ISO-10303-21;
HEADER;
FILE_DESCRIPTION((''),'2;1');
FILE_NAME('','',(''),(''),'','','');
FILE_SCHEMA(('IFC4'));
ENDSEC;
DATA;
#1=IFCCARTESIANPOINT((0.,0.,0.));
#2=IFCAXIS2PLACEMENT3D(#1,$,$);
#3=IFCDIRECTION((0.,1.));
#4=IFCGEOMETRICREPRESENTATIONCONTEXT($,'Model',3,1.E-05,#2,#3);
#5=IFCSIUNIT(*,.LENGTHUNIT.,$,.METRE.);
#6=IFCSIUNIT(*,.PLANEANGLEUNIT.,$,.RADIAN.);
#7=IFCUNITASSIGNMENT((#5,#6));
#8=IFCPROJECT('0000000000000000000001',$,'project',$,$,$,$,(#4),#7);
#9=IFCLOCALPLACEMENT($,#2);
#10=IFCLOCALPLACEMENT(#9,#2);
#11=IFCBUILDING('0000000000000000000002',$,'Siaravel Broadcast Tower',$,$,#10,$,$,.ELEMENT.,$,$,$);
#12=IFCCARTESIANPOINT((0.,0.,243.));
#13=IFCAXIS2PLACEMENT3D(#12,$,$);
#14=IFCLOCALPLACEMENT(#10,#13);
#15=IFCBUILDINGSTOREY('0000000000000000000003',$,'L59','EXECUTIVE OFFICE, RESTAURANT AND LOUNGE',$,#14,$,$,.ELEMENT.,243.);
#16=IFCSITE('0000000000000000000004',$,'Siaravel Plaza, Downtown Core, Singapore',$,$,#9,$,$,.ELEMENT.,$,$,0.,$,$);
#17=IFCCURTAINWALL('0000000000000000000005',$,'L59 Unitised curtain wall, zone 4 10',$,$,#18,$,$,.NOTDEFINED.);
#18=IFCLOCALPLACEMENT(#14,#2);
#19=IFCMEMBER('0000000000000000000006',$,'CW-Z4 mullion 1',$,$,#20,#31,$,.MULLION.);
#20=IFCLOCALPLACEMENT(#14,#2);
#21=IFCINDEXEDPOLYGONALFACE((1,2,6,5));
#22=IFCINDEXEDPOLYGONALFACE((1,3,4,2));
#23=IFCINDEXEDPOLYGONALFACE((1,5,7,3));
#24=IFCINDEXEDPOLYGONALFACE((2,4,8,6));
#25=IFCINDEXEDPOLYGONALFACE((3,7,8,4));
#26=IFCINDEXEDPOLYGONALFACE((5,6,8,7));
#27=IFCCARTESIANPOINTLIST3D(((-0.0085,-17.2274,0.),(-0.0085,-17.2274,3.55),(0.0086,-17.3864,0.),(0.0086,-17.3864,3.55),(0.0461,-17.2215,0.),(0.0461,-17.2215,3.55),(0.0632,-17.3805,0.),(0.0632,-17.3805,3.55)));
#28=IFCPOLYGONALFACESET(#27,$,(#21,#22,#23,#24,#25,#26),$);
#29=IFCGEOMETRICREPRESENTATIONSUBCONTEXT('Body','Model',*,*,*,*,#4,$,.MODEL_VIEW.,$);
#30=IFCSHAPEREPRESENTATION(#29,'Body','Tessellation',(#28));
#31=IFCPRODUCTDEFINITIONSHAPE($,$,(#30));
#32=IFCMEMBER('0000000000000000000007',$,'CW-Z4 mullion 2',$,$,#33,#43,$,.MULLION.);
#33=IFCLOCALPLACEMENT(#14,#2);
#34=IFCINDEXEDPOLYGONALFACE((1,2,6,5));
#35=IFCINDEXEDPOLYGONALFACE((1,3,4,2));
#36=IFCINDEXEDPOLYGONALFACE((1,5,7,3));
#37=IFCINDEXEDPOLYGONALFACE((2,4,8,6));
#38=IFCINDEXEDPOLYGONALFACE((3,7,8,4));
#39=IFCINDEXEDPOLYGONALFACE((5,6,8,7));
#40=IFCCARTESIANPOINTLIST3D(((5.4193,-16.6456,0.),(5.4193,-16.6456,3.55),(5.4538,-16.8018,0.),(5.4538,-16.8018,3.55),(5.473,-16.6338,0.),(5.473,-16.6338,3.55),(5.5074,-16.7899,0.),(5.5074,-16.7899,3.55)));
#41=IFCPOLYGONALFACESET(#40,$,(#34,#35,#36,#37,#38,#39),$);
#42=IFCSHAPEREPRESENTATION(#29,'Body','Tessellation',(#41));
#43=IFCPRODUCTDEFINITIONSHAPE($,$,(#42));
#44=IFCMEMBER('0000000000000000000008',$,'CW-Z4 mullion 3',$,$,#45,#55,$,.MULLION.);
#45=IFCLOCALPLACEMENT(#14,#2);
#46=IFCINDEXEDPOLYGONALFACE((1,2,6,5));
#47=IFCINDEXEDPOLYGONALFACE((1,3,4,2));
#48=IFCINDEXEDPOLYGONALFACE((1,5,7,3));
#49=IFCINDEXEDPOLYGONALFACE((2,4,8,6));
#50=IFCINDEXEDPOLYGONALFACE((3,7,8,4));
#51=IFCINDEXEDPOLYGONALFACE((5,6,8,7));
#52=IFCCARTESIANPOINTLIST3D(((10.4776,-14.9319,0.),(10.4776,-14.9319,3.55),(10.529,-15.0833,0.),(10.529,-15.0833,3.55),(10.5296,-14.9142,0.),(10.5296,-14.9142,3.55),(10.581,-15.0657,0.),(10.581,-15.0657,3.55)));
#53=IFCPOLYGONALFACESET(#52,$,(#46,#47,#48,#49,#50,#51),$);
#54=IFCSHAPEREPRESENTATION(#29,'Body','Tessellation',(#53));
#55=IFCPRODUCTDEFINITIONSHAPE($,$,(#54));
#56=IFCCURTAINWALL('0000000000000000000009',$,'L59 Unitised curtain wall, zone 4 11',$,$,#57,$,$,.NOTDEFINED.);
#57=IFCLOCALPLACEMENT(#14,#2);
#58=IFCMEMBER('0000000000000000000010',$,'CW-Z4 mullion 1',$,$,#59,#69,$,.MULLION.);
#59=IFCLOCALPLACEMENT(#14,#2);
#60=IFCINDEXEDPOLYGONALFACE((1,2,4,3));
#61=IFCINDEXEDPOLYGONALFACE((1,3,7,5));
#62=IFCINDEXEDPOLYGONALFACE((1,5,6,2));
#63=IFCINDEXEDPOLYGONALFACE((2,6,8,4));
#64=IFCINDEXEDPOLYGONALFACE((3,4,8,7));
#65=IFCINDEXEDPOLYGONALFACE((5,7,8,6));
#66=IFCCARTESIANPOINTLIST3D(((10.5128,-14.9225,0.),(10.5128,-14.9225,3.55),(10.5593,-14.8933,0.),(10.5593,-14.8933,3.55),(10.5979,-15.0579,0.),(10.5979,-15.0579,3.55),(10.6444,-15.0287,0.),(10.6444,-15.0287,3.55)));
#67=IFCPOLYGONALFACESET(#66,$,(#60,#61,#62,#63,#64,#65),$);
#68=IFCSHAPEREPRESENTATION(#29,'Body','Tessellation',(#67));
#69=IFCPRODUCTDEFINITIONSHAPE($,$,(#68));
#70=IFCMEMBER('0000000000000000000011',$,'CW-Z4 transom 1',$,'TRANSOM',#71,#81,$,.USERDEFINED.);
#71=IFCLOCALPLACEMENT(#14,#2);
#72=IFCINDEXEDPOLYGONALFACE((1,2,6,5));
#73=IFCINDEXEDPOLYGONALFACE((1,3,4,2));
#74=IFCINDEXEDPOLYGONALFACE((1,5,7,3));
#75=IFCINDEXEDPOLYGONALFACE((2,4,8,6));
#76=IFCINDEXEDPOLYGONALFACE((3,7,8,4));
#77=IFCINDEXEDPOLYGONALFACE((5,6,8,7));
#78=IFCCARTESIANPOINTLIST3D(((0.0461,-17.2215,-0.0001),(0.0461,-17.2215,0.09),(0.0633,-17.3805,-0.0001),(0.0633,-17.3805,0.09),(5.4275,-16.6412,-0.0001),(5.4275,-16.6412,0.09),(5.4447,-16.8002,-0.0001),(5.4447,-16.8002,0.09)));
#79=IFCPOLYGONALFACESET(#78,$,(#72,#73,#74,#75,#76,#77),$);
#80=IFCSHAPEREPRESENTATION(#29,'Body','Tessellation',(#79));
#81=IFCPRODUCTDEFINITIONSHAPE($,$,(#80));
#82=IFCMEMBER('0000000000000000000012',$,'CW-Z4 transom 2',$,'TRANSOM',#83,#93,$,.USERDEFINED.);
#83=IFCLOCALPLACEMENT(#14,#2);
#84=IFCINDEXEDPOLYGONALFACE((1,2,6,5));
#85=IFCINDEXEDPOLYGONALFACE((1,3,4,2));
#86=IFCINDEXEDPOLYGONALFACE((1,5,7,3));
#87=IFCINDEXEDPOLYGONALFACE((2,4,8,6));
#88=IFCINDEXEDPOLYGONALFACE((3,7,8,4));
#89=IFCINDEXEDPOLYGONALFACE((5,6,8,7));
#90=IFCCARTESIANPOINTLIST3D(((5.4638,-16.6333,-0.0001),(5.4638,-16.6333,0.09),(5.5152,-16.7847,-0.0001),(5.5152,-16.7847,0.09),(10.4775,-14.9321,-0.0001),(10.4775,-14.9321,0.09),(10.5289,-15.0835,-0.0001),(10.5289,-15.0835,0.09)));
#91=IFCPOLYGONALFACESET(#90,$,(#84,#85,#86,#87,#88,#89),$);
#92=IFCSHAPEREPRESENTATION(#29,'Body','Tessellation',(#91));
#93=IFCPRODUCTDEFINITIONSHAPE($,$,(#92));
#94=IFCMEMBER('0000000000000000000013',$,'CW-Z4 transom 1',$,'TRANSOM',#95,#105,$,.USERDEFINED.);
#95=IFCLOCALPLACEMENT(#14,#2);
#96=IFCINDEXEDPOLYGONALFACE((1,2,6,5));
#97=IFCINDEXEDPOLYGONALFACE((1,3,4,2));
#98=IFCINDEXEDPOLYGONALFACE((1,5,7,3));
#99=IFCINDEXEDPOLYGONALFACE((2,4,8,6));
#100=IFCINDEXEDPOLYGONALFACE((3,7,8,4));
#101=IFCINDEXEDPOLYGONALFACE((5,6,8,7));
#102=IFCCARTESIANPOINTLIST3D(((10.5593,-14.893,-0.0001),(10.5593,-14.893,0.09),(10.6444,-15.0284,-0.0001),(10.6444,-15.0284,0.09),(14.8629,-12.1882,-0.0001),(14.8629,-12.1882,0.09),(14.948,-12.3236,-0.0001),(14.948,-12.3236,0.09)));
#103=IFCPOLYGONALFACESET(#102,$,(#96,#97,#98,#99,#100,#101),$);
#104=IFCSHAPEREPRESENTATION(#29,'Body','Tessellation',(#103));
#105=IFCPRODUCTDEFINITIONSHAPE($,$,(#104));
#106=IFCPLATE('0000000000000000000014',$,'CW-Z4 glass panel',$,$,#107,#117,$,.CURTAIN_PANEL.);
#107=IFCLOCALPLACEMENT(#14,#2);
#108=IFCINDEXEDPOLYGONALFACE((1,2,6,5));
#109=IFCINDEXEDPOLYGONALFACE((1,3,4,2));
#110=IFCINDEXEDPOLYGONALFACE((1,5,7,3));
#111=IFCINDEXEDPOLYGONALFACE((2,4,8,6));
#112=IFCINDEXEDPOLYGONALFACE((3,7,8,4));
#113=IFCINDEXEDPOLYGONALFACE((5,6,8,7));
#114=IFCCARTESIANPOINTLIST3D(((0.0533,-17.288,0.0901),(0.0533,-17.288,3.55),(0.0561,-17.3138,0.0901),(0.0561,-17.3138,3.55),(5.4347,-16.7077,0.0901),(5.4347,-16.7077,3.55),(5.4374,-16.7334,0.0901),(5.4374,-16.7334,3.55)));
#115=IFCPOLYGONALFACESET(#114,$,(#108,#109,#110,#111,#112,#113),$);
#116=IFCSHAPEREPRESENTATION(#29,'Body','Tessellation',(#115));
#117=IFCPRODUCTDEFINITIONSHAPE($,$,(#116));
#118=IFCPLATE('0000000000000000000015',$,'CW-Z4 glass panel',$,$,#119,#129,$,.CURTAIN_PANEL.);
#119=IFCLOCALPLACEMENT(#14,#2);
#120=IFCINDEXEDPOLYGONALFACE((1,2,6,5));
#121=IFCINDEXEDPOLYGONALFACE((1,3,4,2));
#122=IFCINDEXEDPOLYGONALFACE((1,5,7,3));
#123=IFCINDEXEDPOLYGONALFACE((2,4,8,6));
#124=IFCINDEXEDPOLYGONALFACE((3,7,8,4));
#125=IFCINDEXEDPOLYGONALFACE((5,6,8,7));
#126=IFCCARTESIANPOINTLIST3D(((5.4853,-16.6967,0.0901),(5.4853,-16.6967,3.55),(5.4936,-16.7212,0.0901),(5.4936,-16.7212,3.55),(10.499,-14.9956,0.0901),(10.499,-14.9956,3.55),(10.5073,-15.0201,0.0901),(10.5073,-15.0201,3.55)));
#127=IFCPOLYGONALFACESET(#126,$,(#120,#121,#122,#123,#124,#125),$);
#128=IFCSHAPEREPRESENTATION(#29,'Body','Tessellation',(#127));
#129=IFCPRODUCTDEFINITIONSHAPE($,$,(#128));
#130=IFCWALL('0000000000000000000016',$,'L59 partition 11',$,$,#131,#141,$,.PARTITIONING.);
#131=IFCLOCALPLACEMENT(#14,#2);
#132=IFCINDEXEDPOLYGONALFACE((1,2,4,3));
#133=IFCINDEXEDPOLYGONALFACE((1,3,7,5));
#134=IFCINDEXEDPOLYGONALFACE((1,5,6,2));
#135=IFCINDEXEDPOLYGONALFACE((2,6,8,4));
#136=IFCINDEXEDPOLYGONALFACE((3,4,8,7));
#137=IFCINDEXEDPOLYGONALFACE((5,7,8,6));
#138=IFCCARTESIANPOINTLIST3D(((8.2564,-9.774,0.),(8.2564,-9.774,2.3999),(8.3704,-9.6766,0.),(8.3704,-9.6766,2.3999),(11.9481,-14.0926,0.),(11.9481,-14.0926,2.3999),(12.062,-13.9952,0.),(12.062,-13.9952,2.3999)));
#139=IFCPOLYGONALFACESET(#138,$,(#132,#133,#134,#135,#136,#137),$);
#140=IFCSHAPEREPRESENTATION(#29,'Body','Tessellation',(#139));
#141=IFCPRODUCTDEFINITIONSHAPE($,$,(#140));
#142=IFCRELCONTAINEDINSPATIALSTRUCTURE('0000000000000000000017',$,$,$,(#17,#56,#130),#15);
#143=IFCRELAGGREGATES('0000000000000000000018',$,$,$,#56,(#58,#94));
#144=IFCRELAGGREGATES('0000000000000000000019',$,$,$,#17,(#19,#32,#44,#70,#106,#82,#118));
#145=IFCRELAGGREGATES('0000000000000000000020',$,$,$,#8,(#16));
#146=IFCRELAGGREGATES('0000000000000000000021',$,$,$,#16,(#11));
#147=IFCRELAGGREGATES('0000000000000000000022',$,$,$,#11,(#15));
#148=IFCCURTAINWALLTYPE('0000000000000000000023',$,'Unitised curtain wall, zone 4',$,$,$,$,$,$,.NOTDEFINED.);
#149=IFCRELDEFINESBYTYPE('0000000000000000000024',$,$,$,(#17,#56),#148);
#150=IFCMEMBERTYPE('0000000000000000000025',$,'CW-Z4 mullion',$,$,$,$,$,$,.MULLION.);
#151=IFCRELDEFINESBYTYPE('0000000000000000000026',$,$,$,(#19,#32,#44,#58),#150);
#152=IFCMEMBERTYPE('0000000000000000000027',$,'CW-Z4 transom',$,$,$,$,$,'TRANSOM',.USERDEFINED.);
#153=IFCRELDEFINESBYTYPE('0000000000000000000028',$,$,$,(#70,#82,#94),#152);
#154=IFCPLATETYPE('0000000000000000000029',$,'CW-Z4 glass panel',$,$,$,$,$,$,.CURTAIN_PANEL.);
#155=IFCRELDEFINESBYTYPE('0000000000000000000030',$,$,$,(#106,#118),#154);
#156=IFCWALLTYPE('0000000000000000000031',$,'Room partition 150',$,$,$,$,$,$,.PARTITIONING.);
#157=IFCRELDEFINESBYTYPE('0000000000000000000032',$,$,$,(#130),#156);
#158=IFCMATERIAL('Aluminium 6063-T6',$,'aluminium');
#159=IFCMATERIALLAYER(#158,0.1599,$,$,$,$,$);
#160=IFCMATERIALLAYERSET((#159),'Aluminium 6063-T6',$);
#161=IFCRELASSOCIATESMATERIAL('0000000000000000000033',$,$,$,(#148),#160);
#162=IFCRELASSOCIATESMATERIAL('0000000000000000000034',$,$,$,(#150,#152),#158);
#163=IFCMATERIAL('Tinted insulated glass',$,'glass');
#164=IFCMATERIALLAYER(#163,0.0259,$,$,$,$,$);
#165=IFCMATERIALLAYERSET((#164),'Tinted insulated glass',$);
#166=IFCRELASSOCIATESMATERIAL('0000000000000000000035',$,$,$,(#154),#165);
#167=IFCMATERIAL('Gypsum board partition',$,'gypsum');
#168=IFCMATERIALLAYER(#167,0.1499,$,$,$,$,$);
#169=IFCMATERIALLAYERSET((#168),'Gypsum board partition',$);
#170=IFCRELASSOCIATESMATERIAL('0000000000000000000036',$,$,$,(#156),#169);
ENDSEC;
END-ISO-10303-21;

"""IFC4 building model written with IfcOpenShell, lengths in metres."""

from ifc_helpers import new_model, si_unit, direction, frame, frame_2d, origin, origin_2d, place, context, subcontext, project, spatial, rectangle, extrude, material, layer, layer_set, material_profile, profile_set, type_object, element, aggregate, save


model = new_model("IFC4")

# Units and contexts
model_context = context("Model", 3, precision=1e-05, world=origin(), true_north=direction((0.0, 1.0)))
body_context = subcontext(model_context, "Body", "Model", "MODEL_VIEW")
ifc_project = project(units=[si_unit("LENGTHUNIT", "METRE"), si_unit("PLANEANGLEUNIT", "RADIAN")], contexts=[model_context])

# Site, building, storey
site_placement = place(None, origin())
site = spatial("IfcSite", under=ifc_project, at=site_placement, Name="Siaravel Plaza, Downtown Core, Singapore", CompositionType="ELEMENT", RefElevation=0.0)
building_placement = place(site_placement, origin())
building = spatial("IfcBuilding", under=site, at=building_placement, Name="Siaravel Broadcast Tower", CompositionType="ELEMENT")
storey_placement = place(building_placement, frame((0.0, 0.0, 243.0)))
storey = spatial("IfcBuildingStorey", under=building, at=storey_placement, Name="L59", Description="EXECUTIVE OFFICE, RESTAURANT AND LOUNGE", CompositionType="ELEMENT", Elevation=243.0)

# Curtain wall, members
ifc_material_1 = material(Name="Aluminium 6063-T6", Category="aluminium")
ifc_layer_1 = layer(ifc_material_1, 0.1599)
ifc_layer_set_1 = layer_set([ifc_layer_1], Name="Aluminium 6063-T6")
curtain_wall_type = type_object("IfcCurtainWallType", Name="Unitised curtain wall, zone 4", PredefinedType="NOTDEFINED", material=ifc_layer_set_1)
curtain_wall_1_placement = place(storey_placement, origin())
curtain_wall_1 = element("IfcCurtainWall", 1, at=curtain_wall_1_placement, inside=storey, type_object=curtain_wall_type, Name="L59 Unitised curtain wall, zone 4 10", PredefinedType="NOTDEFINED")
ifc_material_profile_1 = material_profile(ifc_material_1, rectangle(XDim=0.1599, YDim=0.0549, at=origin_2d()))
ifc_profile_set_1 = profile_set([ifc_material_profile_1], Name="Aluminium 6063-T6")
member_type_1 = type_object("IfcMemberType", Name="CW-Z4 mullion", PredefinedType="MULLION", material=ifc_profile_set_1)
member_1_placement = place(storey_placement, frame((0.0273, -17.304, 0.0), z_axis=(0.0, 0.0, 1.0), x_axis=(-0.107218, 0.994236, 0.0)))
member_1 = element("IfcMember", 2, at=member_1_placement, type_object=member_type_1, Name="CW-Z4 mullion 1", PredefinedType="MULLION", context=body_context, shape_type="SweptSolid", body=[
    extrude(rectangle(XDim=0.1599, YDim=0.0549, at=origin_2d()), origin(), (0.0, 0.0, 1.0), 3.55),
])
member_2_placement = place(storey_placement, frame((5.4634, -16.7178, 0.0), z_axis=(0.0, 0.0, 1.0), x_axis=(-0.215559, 0.976491, 0.0)))
member_2 = element("IfcMember", 3, at=member_2_placement, type_object=member_type_1, Name="CW-Z4 mullion 2", PredefinedType="MULLION", context=body_context, shape_type="SweptSolid", body=[
    extrude(rectangle(XDim=0.1599, YDim=0.0549, at=origin_2d()), origin(), (0.0, 0.0, 1.0), 3.55),
])
member_3_placement = place(storey_placement, frame((10.5293, -14.9988, 0.0), z_axis=(0.0, 0.0, 1.0), x_axis=(-0.321301, 0.946977, 0.0)))
member_3 = element("IfcMember", 4, at=member_3_placement, type_object=member_type_1, Name="CW-Z4 mullion 3", PredefinedType="MULLION", context=body_context, shape_type="SweptSolid", body=[
    extrude(rectangle(XDim=0.1599, YDim=0.0549, at=origin_2d()), origin(), (0.0, 0.0, 1.0), 3.55),
])

# Curtain wall, member
curtain_wall_2_placement = place(storey_placement, origin())
curtain_wall_2 = element("IfcCurtainWall", 5, at=curtain_wall_2_placement, inside=storey, type_object=curtain_wall_type, Name="L59 Unitised curtain wall, zone 4 11", PredefinedType="NOTDEFINED")
member_4_placement = place(storey_placement, frame((10.5786, -14.9756, 0.0), z_axis=(0.0, 0.0, 1.0), x_axis=(-0.53215, 0.84665, 0.0)))
member_4 = element("IfcMember", 6, at=member_4_placement, type_object=member_type_1, Name="CW-Z4 mullion 1", PredefinedType="MULLION", context=body_context, shape_type="SweptSolid", body=[
    extrude(rectangle(XDim=0.1599, YDim=0.0549, at=origin_2d()), origin(), (0.0, 0.0, 1.0), 3.55),
])

# Members
ifc_material_profile_2 = material_profile(ifc_material_1, rectangle(XDim=0.1599, YDim=0.0901, at=origin_2d()))
ifc_profile_set_2 = profile_set([ifc_material_profile_2], Name="Aluminium 6063-T6")
member_type_2 = type_object("IfcMemberType", Name="CW-Z4 transom", ElementType="TRANSOM", PredefinedType="USERDEFINED", material=ifc_profile_set_2)
member_5_placement = place(storey_placement, frame((0.0547, -17.301, 0.0449), z_axis=(0.994236, 0.107218, 0.0), x_axis=(-0.107218, 0.994236, 0.0)))
member_5 = element("IfcMember", 7, at=member_5_placement, type_object=member_type_2, Name="CW-Z4 transom 1", ObjectType="TRANSOM", PredefinedType="USERDEFINED", context=body_context, shape_type="SweptSolid", body=[
    extrude(rectangle(XDim=0.1599, YDim=0.0901, at=origin_2d()), origin(), (0.0, 0.0, 1.0), 5.4126),
])
member_6_placement = place(storey_placement, frame((5.4895, -16.709, 0.0449), z_axis=(0.946973, 0.321314, 0.0), x_axis=(-0.321314, 0.946973, 0.0)))
member_6 = element("IfcMember", 8, at=member_6_placement, type_object=member_type_2, Name="CW-Z4 transom 2", ObjectType="TRANSOM", PredefinedType="USERDEFINED", context=body_context, shape_type="SweptSolid", body=[
    extrude(rectangle(XDim=0.1599, YDim=0.0901, at=origin_2d()), origin(), (0.0, 0.0, 1.0), 5.2944),
])
member_7_placement = place(storey_placement, frame((10.6018, -14.9607, 0.0449), z_axis=(0.846668, 0.532121, 0.0), x_axis=(-0.532121, 0.846668, 0.0)))
member_7 = element("IfcMember", 9, at=member_7_placement, type_object=member_type_2, Name="CW-Z4 transom 1", ObjectType="TRANSOM", PredefinedType="USERDEFINED", context=body_context, shape_type="SweptSolid", body=[
    extrude(rectangle(XDim=0.1599, YDim=0.0901, at=origin_2d()), origin(), (0.0, 0.0, 1.0), 5.083),
])
aggregate(curtain_wall_2, [member_4, member_7])

# Plates
ifc_material_2 = material(Name="Tinted insulated glass", Category="glass")
ifc_layer_2 = layer(ifc_material_2, 0.0259)
ifc_layer_set_2 = layer_set([ifc_layer_2], Name="Tinted insulated glass")
plate_type = type_object("IfcPlateType", Name="CW-Z4 glass panel", PredefinedType="CURTAIN_PANEL", material=ifc_layer_set_2)
plate_1_placement = place(storey_placement, frame((2.7454, -17.0107, 0.0901), z_axis=(0.0, 0.0, 1.0), x_axis=(0.994236, 0.107218, 0.0)))
plate_1 = element("IfcPlate", 10, at=plate_1_placement, type_object=plate_type, Name="CW-Z4 glass panel", PredefinedType="CURTAIN_PANEL", context=body_context, shape_type="SweptSolid", body=[
    extrude(rectangle(XDim=5.4126, YDim=0.0259, at=origin_2d()), origin(), (0.0, 0.0, 1.0), 3.46),
])
plate_2_placement = place(storey_placement, frame((7.9963, -15.8584, 0.0901), z_axis=(0.0, 0.0, 1.0), x_axis=(0.946977, 0.321301, 0.0)))
plate_2 = element("IfcPlate", 11, at=plate_2_placement, type_object=plate_type, Name="CW-Z4 glass panel", PredefinedType="CURTAIN_PANEL", context=body_context, shape_type="SweptSolid", body=[
    extrude(rectangle(XDim=5.2944, YDim=0.0259, at=origin_2d()), origin(), (0.0, 0.0, 1.0), 3.46),
])
aggregate(curtain_wall_1, [member_1, member_2, member_3, member_5, plate_1, member_6, plate_2])

# Wall
ifc_material_3 = material(Name="Gypsum board partition", Category="gypsum")
ifc_layer_3 = layer(ifc_material_3, 0.1499)
ifc_layer_set_3 = layer_set([ifc_layer_3], Name="Gypsum board partition")
wall_type = type_object("IfcWallType", Name="Room partition 150", PredefinedType="PARTITIONING", material=ifc_layer_set_3)
wall_placement = place(storey_placement, frame((12.0051, -14.0439, 0.0), z_axis=(0.0, 0.0, 1.0), x_axis=(-0.649775, 0.760126, 0.0)))
element("IfcWall", 12, at=wall_placement, inside=storey, type_object=wall_type, Name="L59 partition 11", PredefinedType="PARTITIONING", context=body_context, shape_type="SweptSolid", body=[
    extrude(rectangle(XDim=5.6814, YDim=0.1499, at=frame_2d((2.8408, 0.0))), origin(), (0.0, 0.0, 1.0), 2.3999),
])

save(model, "model.ifc")
